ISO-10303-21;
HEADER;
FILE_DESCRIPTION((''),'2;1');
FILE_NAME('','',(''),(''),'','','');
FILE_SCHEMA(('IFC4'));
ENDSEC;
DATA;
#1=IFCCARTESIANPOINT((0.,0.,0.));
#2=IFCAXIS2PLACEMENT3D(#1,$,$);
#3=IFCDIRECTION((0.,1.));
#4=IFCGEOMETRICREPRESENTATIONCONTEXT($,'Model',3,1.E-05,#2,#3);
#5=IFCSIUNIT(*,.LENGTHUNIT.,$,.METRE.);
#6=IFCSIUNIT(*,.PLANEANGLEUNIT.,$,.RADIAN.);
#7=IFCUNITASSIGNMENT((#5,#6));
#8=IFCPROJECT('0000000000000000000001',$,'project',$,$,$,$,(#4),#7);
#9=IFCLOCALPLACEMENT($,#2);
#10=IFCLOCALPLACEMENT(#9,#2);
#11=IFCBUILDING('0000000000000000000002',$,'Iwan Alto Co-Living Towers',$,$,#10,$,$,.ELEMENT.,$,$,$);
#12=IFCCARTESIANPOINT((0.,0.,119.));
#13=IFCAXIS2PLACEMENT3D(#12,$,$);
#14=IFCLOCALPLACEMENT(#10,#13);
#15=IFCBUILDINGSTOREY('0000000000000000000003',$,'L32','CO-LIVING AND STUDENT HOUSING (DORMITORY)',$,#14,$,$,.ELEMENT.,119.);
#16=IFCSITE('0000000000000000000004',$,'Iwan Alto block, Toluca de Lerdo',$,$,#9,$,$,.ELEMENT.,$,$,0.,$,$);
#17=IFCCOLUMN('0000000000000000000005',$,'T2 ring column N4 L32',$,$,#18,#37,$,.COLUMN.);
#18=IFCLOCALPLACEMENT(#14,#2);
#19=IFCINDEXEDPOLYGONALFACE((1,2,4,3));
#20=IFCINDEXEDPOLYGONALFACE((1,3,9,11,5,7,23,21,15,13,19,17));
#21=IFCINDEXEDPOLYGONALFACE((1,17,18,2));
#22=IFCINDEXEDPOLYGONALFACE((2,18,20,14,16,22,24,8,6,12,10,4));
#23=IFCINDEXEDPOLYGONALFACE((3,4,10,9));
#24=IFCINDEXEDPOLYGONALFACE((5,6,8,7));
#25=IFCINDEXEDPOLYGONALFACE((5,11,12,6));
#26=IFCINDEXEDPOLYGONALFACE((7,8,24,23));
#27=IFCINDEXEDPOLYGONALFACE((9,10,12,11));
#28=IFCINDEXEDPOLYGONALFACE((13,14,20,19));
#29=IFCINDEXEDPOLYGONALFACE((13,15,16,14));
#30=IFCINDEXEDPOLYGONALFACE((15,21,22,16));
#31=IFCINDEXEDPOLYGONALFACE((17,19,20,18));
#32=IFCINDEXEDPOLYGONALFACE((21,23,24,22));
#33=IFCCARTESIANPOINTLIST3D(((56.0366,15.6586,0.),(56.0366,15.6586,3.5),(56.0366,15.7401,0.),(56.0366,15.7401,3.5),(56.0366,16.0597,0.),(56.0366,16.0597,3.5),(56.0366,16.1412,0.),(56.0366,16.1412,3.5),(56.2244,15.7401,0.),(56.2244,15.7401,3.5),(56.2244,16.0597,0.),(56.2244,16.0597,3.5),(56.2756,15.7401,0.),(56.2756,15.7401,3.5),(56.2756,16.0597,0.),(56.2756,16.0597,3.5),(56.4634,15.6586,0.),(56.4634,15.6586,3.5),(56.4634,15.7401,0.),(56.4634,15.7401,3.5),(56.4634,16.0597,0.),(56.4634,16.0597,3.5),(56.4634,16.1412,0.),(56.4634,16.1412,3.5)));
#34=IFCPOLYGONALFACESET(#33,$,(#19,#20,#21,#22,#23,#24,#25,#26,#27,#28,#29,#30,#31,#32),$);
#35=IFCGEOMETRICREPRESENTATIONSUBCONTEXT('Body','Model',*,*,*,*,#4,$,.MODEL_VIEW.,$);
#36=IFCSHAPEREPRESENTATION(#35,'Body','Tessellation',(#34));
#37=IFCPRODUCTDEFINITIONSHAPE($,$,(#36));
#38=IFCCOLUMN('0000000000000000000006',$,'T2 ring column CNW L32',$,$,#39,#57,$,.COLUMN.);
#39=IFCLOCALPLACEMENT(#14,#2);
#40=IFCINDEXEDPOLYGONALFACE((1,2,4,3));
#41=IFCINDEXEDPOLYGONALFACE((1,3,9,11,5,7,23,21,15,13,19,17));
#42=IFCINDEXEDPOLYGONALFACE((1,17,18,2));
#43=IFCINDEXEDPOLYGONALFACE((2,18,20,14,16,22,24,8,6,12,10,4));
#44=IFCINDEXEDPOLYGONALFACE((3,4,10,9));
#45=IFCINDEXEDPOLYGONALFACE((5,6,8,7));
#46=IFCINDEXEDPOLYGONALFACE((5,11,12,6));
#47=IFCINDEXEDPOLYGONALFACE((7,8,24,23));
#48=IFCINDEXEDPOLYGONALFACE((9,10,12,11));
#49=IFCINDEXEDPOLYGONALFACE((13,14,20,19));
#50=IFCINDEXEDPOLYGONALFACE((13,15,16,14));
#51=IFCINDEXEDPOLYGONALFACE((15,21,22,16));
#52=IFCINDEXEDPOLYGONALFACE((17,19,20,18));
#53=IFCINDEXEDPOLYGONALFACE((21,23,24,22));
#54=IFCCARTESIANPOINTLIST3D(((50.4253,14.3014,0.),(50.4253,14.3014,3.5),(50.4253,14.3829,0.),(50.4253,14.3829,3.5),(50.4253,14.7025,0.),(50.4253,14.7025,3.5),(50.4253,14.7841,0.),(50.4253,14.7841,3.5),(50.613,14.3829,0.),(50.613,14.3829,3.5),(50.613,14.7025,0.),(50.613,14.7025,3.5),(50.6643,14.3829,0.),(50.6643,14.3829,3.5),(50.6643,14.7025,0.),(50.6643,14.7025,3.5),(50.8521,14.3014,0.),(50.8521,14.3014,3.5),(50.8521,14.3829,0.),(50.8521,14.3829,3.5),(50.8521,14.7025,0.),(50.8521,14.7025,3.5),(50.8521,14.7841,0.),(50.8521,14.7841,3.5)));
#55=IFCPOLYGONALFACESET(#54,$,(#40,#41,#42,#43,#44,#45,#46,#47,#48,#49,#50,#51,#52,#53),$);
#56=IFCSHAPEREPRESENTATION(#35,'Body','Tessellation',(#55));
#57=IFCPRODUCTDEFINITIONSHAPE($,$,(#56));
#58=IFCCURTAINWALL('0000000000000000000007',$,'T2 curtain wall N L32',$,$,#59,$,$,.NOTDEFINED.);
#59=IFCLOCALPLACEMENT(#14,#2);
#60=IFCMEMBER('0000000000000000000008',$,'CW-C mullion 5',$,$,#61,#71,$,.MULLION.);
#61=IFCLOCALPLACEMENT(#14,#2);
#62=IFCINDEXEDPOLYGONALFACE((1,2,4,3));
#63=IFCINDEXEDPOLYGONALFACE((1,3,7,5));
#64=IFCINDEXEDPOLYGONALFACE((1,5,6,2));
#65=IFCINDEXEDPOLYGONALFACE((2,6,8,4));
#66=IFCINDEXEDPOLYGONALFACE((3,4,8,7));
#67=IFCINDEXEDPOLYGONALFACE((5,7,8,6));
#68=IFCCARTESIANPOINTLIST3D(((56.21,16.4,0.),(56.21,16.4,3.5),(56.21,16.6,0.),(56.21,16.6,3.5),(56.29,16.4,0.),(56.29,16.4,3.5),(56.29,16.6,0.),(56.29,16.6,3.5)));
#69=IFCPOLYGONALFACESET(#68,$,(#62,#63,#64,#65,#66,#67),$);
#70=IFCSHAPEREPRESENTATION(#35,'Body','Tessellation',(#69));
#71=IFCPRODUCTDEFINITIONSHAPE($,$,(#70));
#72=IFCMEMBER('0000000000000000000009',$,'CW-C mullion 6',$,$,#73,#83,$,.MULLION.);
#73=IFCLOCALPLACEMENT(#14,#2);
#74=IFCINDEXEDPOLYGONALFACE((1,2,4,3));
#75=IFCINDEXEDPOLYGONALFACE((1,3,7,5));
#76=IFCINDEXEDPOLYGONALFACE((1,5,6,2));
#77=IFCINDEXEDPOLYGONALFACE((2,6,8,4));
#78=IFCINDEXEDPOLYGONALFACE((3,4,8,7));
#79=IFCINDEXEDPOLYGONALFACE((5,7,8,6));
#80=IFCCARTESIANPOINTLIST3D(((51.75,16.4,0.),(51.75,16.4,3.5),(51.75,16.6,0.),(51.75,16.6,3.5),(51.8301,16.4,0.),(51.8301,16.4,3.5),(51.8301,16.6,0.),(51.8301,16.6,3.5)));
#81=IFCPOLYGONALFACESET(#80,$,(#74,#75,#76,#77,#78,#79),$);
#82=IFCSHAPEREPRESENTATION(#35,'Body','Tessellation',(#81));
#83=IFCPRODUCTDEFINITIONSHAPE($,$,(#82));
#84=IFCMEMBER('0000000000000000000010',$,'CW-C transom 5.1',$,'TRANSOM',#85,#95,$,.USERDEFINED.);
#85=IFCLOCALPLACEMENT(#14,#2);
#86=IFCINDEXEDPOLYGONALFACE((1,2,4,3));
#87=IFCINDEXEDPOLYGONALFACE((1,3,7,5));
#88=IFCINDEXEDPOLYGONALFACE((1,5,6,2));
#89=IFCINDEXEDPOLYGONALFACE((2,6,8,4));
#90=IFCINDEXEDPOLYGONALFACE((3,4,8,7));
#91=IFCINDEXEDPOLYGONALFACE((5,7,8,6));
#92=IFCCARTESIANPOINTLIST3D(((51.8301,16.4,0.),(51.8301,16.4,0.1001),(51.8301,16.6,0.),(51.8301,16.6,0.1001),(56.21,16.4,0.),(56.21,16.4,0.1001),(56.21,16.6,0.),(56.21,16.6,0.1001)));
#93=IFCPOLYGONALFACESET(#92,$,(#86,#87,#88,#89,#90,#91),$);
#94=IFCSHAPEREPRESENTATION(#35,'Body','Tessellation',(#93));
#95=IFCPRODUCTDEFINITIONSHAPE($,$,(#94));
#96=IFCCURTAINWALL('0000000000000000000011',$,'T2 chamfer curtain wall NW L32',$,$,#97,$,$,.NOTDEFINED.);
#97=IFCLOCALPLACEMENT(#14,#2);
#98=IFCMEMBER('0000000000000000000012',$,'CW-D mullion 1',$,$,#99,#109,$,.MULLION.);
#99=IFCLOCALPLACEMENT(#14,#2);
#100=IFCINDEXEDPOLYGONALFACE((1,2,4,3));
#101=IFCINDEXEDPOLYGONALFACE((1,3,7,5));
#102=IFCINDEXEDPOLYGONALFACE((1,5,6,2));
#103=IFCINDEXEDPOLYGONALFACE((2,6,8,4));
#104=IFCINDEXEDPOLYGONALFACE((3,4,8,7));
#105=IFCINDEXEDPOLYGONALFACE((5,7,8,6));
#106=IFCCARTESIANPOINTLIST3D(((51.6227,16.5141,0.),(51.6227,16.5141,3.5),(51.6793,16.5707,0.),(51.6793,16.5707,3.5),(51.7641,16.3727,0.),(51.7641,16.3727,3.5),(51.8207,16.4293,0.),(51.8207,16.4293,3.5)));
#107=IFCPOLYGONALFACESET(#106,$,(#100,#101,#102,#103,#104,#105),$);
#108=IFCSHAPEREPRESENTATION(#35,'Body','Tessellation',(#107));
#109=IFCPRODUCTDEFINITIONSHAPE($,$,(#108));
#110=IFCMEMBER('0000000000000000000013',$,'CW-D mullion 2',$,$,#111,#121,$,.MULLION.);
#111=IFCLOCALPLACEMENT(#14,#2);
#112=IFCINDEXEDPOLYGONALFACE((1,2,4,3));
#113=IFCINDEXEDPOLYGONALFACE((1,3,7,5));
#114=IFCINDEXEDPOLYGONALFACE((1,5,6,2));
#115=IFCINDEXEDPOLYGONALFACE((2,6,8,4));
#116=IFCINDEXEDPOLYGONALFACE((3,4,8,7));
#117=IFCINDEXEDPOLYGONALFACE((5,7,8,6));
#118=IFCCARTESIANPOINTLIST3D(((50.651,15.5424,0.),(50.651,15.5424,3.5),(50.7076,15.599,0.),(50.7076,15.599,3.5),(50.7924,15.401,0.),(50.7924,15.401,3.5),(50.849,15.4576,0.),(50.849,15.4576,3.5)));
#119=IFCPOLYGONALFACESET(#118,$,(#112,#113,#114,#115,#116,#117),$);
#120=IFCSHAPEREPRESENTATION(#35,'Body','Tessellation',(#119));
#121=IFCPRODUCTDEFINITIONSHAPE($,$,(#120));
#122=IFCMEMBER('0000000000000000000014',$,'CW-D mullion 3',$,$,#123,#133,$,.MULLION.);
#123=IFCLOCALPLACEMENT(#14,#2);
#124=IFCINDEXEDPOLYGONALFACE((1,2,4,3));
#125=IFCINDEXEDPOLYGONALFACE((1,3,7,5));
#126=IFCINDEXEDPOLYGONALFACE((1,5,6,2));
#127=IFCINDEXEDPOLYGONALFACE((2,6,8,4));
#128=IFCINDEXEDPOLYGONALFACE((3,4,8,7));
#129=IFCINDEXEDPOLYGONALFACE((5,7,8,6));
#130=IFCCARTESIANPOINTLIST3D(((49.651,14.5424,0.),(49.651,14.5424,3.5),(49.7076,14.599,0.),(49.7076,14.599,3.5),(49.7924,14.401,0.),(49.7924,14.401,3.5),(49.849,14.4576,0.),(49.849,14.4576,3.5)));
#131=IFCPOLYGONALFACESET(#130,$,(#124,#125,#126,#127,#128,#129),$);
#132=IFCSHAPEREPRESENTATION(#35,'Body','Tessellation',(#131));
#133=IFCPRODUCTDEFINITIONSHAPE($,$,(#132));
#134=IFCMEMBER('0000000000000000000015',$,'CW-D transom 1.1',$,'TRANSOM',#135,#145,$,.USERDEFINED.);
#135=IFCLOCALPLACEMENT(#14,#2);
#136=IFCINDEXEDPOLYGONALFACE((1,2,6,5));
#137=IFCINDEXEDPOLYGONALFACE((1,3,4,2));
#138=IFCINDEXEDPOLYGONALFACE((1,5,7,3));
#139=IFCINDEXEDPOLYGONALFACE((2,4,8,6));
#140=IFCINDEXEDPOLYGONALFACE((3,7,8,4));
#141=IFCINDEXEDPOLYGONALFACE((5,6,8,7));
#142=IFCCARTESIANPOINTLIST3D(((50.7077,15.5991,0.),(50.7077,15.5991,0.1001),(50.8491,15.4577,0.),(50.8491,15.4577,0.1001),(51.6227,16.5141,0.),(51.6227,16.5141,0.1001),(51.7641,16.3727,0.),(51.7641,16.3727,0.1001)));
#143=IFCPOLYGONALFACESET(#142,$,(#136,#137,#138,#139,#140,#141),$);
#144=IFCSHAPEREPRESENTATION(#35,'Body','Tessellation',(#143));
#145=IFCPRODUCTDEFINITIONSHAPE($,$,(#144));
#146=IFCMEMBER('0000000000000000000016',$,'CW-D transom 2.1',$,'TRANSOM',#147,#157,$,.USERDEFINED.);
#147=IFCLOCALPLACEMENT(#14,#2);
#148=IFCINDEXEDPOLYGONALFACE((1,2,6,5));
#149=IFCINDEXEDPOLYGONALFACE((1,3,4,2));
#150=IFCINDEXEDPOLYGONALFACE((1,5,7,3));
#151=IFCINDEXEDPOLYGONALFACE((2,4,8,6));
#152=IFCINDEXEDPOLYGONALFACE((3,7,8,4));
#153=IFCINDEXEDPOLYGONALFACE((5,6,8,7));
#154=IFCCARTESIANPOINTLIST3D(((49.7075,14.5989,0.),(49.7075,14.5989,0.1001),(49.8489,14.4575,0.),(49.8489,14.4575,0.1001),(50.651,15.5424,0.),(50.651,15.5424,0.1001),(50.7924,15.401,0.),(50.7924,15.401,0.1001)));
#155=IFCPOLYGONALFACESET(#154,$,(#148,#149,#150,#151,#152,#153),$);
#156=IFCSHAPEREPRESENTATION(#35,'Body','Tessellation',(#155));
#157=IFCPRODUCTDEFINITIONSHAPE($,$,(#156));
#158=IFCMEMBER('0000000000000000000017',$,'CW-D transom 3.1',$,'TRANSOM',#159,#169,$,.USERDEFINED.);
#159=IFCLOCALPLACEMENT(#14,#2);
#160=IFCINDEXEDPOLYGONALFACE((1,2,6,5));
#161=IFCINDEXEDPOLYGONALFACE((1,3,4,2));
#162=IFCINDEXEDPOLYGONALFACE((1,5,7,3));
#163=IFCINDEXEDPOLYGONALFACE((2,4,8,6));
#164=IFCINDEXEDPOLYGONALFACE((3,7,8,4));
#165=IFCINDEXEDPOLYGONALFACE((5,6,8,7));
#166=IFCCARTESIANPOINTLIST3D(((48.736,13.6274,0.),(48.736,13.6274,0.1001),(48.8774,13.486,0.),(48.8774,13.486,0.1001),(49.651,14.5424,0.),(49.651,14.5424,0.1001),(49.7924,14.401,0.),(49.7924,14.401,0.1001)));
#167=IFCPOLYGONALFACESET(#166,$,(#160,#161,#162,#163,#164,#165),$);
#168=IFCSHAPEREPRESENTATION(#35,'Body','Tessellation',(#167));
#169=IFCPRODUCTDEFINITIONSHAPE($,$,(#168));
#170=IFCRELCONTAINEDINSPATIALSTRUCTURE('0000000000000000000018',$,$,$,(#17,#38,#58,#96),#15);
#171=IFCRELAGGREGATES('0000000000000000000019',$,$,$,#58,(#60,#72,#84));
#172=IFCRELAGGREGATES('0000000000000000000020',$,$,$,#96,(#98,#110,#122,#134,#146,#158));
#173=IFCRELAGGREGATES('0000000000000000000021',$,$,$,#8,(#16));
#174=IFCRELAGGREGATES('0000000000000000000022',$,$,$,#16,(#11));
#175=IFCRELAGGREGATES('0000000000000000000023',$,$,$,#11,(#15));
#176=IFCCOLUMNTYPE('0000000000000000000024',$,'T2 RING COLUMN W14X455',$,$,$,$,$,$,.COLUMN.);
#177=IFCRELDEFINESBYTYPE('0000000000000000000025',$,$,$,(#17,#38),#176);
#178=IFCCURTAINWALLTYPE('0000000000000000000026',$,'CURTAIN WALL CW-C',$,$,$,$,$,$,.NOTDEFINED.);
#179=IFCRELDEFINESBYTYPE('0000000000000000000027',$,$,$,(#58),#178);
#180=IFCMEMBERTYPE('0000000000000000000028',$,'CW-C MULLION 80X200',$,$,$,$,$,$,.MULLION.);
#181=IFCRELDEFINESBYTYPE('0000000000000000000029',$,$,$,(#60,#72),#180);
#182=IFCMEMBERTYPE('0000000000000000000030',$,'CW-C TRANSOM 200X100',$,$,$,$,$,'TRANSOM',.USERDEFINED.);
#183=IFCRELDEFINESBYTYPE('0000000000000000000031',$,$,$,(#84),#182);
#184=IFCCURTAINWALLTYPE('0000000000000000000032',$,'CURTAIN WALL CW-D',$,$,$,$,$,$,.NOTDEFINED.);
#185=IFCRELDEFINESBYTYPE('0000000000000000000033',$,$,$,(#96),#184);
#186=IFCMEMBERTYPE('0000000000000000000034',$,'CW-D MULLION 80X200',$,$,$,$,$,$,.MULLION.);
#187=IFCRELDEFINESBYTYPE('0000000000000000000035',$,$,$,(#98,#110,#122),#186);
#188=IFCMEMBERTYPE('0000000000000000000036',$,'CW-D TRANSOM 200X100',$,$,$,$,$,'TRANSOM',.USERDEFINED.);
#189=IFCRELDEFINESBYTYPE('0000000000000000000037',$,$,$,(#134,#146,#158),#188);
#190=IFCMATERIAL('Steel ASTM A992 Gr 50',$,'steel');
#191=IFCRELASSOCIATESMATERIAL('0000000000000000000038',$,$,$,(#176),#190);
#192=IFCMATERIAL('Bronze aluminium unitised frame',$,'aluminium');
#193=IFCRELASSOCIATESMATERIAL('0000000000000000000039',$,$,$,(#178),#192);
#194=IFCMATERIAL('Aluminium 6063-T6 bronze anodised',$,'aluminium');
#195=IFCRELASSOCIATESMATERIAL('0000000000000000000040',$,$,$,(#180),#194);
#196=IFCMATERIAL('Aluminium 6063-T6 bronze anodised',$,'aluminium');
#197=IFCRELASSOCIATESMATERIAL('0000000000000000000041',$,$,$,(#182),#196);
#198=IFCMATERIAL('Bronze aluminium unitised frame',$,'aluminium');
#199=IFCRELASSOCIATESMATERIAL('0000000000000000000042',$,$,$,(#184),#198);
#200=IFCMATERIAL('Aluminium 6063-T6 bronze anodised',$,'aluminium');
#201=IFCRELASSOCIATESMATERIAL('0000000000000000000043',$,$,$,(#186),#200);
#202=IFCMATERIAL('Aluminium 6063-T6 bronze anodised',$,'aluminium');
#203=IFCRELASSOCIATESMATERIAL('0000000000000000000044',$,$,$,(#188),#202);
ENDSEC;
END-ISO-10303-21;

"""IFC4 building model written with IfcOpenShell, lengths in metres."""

from ifc_helpers import new_model, si_unit, direction, frame, origin, origin_2d, place, context, subcontext, project, spatial, rectangle, i_section, extrude, material, material_profile, profile_set, type_object, element, aggregate, save


model = new_model("IFC4")

# Units and contexts
model_context = context("Model", 3, precision=1e-05, world=origin(), true_north=direction((0.0, 1.0)))
body_context = subcontext(model_context, "Body", "Model", "MODEL_VIEW")
ifc_project = project(units=[si_unit("LENGTHUNIT", "METRE"), si_unit("PLANEANGLEUNIT", "RADIAN")], contexts=[model_context])

# Site, building, storey
site_placement = place(None, origin())
site = spatial("IfcSite", under=ifc_project, at=site_placement, Name="Iwan Alto block, Toluca de Lerdo", CompositionType="ELEMENT", RefElevation=0.0)
building_placement = place(site_placement, origin())
building = spatial("IfcBuilding", under=site, at=building_placement, Name="Iwan Alto Co-Living Towers", CompositionType="ELEMENT")
storey_placement = place(building_placement, frame((0.0, 0.0, 119.0)))
storey = spatial("IfcBuildingStorey", under=building, at=storey_placement, Name="L32", Description="CO-LIVING AND STUDENT HOUSING (DORMITORY)", CompositionType="ELEMENT", Elevation=119.0)

# Columns
ifc_material_1 = material(Name="Steel ASTM A992 Gr 50", Category="steel")
ifc_material_profile_1 = material_profile(ifc_material_1, i_section(OverallWidth=0.4268, OverallDepth=0.4827, WebThickness=0.0513, FlangeThickness=0.0815, at=origin_2d()), Name="W14X455")
ifc_profile_set_1 = profile_set([ifc_material_profile_1], Name="Steel ASTM A992 Gr 50")
column_type = type_object("IfcColumnType", Name="T2 RING COLUMN W14X455", PredefinedType="COLUMN", material=ifc_profile_set_1)
for number, where, z_axis, x_axis, name in (
    (1, (56.25, 15.8999, 0.0), (0.0, 0.0, 1.0), (1.0, 0.0, 0.0), "T2 ring column N4 L32"),
    (2, (50.6387, 14.5427, 0.0), (0.0, 0.0, 1.0), (1.0, 0.0, 0.0), "T2 ring column CNW L32"),
):
    element("IfcColumn", number, at=place(storey_placement, frame(where, z_axis=z_axis, x_axis=x_axis)), inside=storey, type_object=column_type, Name=name, PredefinedType="COLUMN", context=body_context, shape_type="SweptSolid", body=[
        extrude(i_section(OverallWidth=0.4268, OverallDepth=0.4827, WebThickness=0.0513, FlangeThickness=0.0815, at=origin_2d()), origin(), (0.0, 0.0, 1.0), 3.5),
    ])

# Curtain walls, members
ifc_material_2 = material(Name="Bronze aluminium unitised frame", Category="aluminium")
curtain_wall_type_1 = type_object("IfcCurtainWallType", Name="CURTAIN WALL CW-C", PredefinedType="NOTDEFINED", material=ifc_material_2)
curtain_wall_1_placement = place(storey_placement, origin())
curtain_wall_1 = element("IfcCurtainWall", 3, at=curtain_wall_1_placement, inside=storey, type_object=curtain_wall_type_1, Name="T2 curtain wall N L32", PredefinedType="NOTDEFINED")
ifc_material_3 = material(Name="Aluminium 6063-T6 bronze anodised", Category="aluminium")
ifc_material_profile_2 = material_profile(ifc_material_3, rectangle(XDim=0.2, YDim=0.0801, at=origin_2d()), Name="AL 80X200")
ifc_profile_set_2 = profile_set([ifc_material_profile_2], Name="Aluminium 6063-T6 bronze anodised")
member_type_1 = type_object("IfcMemberType", Name="CW-C MULLION 80X200", PredefinedType="MULLION", material=ifc_profile_set_2)
member_1_placement = place(storey_placement, frame((56.25, 16.5, 0.0), z_axis=(0.0, 0.0, 1.0), x_axis=(0.0, -1.0, 0.0)))
member_1 = element("IfcMember", 4, at=member_1_placement, type_object=member_type_1, Name="CW-C mullion 5", PredefinedType="MULLION", context=body_context, shape_type="SweptSolid", body=[
    extrude(rectangle(XDim=0.2, YDim=0.0801, at=origin_2d()), origin(), (0.0, 0.0, 1.0), 3.5),
])
member_2_placement = place(storey_placement, frame((51.79, 16.5, 0.0), z_axis=(0.0, 0.0, 1.0), x_axis=(0.0, -1.0, 0.0)))
member_2 = element("IfcMember", 5, at=member_2_placement, type_object=member_type_1, Name="CW-C mullion 6", PredefinedType="MULLION", context=body_context, shape_type="SweptSolid", body=[
    extrude(rectangle(XDim=0.2, YDim=0.0801, at=origin_2d()), origin(), (0.0, 0.0, 1.0), 3.5),
])
ifc_material_4 = material(Name="Aluminium 6063-T6 bronze anodised", Category="aluminium")
ifc_material_profile_3 = material_profile(ifc_material_4, rectangle(XDim=0.2, YDim=0.1001, at=origin_2d()), Name="AL 200X100")
ifc_profile_set_3 = profile_set([ifc_material_profile_3], Name="Aluminium 6063-T6 bronze anodised")
member_type_2 = type_object("IfcMemberType", Name="CW-C TRANSOM 200X100", ElementType="TRANSOM", PredefinedType="USERDEFINED", material=ifc_profile_set_3)
member_3_placement = place(storey_placement, frame((56.21, 16.5, 0.05), z_axis=(-1.0, 0.0, 0.0), x_axis=(0.0, -1.0, 0.0)))
member_3 = element("IfcMember", 6, at=member_3_placement, type_object=member_type_2, Name="CW-C transom 5.1", ObjectType="TRANSOM", PredefinedType="USERDEFINED", context=body_context, shape_type="SweptSolid", body=[
    extrude(rectangle(XDim=0.2, YDim=0.1001, at=origin_2d()), origin(), (0.0, 0.0, 1.0), 4.3799),
])
ifc_material_5 = material(Name="Bronze aluminium unitised frame", Category="aluminium")
curtain_wall_type_2 = type_object("IfcCurtainWallType", Name="CURTAIN WALL CW-D", PredefinedType="NOTDEFINED", material=ifc_material_5)
curtain_wall_2_placement = place(storey_placement, origin())
curtain_wall_2 = element("IfcCurtainWall", 7, at=curtain_wall_2_placement, inside=storey, type_object=curtain_wall_type_2, Name="T2 chamfer curtain wall NW L32", PredefinedType="NOTDEFINED")
ifc_material_6 = material(Name="Aluminium 6063-T6 bronze anodised", Category="aluminium")
ifc_material_profile_4 = material_profile(ifc_material_6, rectangle(XDim=0.2, YDim=0.0801, at=origin_2d()), Name="AL 80X200")
ifc_profile_set_4 = profile_set([ifc_material_profile_4], Name="Aluminium 6063-T6 bronze anodised")
member_type_3 = type_object("IfcMemberType", Name="CW-D MULLION 80X200", PredefinedType="MULLION", material=ifc_profile_set_4)
member_4_placement = place(storey_placement, frame((51.7217, 16.4717, 0.0), z_axis=(0.0, 0.0, 1.0), x_axis=(0.707107, -0.707107, 0.0)))
member_4 = element("IfcMember", 8, at=member_4_placement, type_object=member_type_3, Name="CW-D mullion 1", PredefinedType="MULLION", context=body_context, shape_type="SweptSolid", body=[
    extrude(rectangle(XDim=0.2, YDim=0.0801, at=origin_2d()), origin(), (0.0, 0.0, 1.0), 3.5),
])
member_5_placement = place(storey_placement, frame((50.75, 15.5, 0.0), z_axis=(0.0, 0.0, 1.0), x_axis=(0.707107, -0.707107, 0.0)))
member_5 = element("IfcMember", 9, at=member_5_placement, type_object=member_type_3, Name="CW-D mullion 2", PredefinedType="MULLION", context=body_context, shape_type="SweptSolid", body=[
    extrude(rectangle(XDim=0.2, YDim=0.0801, at=origin_2d()), origin(), (0.0, 0.0, 1.0), 3.5),
])
member_6_placement = place(storey_placement, frame((49.75, 14.5, 0.0), z_axis=(0.0, 0.0, 1.0), x_axis=(0.707107, -0.707107, 0.0)))
member_6 = element("IfcMember", 10, at=member_6_placement, type_object=member_type_3, Name="CW-D mullion 3", PredefinedType="MULLION", context=body_context, shape_type="SweptSolid", body=[
    extrude(rectangle(XDim=0.2, YDim=0.0801, at=origin_2d()), origin(), (0.0, 0.0, 1.0), 3.5),
])
ifc_material_7 = material(Name="Aluminium 6063-T6 bronze anodised", Category="aluminium")
ifc_material_profile_5 = material_profile(ifc_material_7, rectangle(XDim=0.2, YDim=0.1001, at=origin_2d()), Name="AL 200X100")
ifc_profile_set_5 = profile_set([ifc_material_profile_5], Name="Aluminium 6063-T6 bronze anodised")
member_type_4 = type_object("IfcMemberType", Name="CW-D TRANSOM 200X100", ElementType="TRANSOM", PredefinedType="USERDEFINED", material=ifc_profile_set_5)
member_7_placement = place(storey_placement, frame((51.6934, 16.4434, 0.05), z_axis=(-0.707107, -0.707107, 0.0), x_axis=(0.707107, -0.707107, 0.0)))
member_7 = element("IfcMember", 11, at=member_7_placement, type_object=member_type_4, Name="CW-D transom 1.1", ObjectType="TRANSOM", PredefinedType="USERDEFINED", context=body_context, shape_type="SweptSolid", body=[
    extrude(rectangle(XDim=0.2, YDim=0.1001, at=origin_2d()), origin(), (0.0, 0.0, 1.0), 1.2939),
])
member_8_placement = place(storey_placement, frame((50.7217, 15.4717, 0.05), z_axis=(-0.707107, -0.707107, 0.0), x_axis=(0.707107, -0.707107, 0.0)))
member_8 = element("IfcMember", 12, at=member_8_placement, type_object=member_type_4, Name="CW-D transom 2.1", ObjectType="TRANSOM", PredefinedType="USERDEFINED", context=body_context, shape_type="SweptSolid", body=[
    extrude(rectangle(XDim=0.2, YDim=0.1001, at=origin_2d()), origin(), (0.0, 0.0, 1.0), 1.3342),
])
member_9_placement = place(storey_placement, frame((49.7217, 14.4717, 0.05), z_axis=(-0.707107, -0.707107, 0.0), x_axis=(0.707107, -0.707107, 0.0)))
member_9 = element("IfcMember", 13, at=member_9_placement, type_object=member_type_4, Name="CW-D transom 3.1", ObjectType="TRANSOM", PredefinedType="USERDEFINED", context=body_context, shape_type="SweptSolid", body=[
    extrude(rectangle(XDim=0.2, YDim=0.1001, at=origin_2d()), origin(), (0.0, 0.0, 1.0), 1.2939),
])

aggregate(curtain_wall_1, [member_1, member_2, member_3])
aggregate(curtain_wall_2, [member_4, member_5, member_6, member_7, member_8, member_9])

save(model, "model.ifc")
